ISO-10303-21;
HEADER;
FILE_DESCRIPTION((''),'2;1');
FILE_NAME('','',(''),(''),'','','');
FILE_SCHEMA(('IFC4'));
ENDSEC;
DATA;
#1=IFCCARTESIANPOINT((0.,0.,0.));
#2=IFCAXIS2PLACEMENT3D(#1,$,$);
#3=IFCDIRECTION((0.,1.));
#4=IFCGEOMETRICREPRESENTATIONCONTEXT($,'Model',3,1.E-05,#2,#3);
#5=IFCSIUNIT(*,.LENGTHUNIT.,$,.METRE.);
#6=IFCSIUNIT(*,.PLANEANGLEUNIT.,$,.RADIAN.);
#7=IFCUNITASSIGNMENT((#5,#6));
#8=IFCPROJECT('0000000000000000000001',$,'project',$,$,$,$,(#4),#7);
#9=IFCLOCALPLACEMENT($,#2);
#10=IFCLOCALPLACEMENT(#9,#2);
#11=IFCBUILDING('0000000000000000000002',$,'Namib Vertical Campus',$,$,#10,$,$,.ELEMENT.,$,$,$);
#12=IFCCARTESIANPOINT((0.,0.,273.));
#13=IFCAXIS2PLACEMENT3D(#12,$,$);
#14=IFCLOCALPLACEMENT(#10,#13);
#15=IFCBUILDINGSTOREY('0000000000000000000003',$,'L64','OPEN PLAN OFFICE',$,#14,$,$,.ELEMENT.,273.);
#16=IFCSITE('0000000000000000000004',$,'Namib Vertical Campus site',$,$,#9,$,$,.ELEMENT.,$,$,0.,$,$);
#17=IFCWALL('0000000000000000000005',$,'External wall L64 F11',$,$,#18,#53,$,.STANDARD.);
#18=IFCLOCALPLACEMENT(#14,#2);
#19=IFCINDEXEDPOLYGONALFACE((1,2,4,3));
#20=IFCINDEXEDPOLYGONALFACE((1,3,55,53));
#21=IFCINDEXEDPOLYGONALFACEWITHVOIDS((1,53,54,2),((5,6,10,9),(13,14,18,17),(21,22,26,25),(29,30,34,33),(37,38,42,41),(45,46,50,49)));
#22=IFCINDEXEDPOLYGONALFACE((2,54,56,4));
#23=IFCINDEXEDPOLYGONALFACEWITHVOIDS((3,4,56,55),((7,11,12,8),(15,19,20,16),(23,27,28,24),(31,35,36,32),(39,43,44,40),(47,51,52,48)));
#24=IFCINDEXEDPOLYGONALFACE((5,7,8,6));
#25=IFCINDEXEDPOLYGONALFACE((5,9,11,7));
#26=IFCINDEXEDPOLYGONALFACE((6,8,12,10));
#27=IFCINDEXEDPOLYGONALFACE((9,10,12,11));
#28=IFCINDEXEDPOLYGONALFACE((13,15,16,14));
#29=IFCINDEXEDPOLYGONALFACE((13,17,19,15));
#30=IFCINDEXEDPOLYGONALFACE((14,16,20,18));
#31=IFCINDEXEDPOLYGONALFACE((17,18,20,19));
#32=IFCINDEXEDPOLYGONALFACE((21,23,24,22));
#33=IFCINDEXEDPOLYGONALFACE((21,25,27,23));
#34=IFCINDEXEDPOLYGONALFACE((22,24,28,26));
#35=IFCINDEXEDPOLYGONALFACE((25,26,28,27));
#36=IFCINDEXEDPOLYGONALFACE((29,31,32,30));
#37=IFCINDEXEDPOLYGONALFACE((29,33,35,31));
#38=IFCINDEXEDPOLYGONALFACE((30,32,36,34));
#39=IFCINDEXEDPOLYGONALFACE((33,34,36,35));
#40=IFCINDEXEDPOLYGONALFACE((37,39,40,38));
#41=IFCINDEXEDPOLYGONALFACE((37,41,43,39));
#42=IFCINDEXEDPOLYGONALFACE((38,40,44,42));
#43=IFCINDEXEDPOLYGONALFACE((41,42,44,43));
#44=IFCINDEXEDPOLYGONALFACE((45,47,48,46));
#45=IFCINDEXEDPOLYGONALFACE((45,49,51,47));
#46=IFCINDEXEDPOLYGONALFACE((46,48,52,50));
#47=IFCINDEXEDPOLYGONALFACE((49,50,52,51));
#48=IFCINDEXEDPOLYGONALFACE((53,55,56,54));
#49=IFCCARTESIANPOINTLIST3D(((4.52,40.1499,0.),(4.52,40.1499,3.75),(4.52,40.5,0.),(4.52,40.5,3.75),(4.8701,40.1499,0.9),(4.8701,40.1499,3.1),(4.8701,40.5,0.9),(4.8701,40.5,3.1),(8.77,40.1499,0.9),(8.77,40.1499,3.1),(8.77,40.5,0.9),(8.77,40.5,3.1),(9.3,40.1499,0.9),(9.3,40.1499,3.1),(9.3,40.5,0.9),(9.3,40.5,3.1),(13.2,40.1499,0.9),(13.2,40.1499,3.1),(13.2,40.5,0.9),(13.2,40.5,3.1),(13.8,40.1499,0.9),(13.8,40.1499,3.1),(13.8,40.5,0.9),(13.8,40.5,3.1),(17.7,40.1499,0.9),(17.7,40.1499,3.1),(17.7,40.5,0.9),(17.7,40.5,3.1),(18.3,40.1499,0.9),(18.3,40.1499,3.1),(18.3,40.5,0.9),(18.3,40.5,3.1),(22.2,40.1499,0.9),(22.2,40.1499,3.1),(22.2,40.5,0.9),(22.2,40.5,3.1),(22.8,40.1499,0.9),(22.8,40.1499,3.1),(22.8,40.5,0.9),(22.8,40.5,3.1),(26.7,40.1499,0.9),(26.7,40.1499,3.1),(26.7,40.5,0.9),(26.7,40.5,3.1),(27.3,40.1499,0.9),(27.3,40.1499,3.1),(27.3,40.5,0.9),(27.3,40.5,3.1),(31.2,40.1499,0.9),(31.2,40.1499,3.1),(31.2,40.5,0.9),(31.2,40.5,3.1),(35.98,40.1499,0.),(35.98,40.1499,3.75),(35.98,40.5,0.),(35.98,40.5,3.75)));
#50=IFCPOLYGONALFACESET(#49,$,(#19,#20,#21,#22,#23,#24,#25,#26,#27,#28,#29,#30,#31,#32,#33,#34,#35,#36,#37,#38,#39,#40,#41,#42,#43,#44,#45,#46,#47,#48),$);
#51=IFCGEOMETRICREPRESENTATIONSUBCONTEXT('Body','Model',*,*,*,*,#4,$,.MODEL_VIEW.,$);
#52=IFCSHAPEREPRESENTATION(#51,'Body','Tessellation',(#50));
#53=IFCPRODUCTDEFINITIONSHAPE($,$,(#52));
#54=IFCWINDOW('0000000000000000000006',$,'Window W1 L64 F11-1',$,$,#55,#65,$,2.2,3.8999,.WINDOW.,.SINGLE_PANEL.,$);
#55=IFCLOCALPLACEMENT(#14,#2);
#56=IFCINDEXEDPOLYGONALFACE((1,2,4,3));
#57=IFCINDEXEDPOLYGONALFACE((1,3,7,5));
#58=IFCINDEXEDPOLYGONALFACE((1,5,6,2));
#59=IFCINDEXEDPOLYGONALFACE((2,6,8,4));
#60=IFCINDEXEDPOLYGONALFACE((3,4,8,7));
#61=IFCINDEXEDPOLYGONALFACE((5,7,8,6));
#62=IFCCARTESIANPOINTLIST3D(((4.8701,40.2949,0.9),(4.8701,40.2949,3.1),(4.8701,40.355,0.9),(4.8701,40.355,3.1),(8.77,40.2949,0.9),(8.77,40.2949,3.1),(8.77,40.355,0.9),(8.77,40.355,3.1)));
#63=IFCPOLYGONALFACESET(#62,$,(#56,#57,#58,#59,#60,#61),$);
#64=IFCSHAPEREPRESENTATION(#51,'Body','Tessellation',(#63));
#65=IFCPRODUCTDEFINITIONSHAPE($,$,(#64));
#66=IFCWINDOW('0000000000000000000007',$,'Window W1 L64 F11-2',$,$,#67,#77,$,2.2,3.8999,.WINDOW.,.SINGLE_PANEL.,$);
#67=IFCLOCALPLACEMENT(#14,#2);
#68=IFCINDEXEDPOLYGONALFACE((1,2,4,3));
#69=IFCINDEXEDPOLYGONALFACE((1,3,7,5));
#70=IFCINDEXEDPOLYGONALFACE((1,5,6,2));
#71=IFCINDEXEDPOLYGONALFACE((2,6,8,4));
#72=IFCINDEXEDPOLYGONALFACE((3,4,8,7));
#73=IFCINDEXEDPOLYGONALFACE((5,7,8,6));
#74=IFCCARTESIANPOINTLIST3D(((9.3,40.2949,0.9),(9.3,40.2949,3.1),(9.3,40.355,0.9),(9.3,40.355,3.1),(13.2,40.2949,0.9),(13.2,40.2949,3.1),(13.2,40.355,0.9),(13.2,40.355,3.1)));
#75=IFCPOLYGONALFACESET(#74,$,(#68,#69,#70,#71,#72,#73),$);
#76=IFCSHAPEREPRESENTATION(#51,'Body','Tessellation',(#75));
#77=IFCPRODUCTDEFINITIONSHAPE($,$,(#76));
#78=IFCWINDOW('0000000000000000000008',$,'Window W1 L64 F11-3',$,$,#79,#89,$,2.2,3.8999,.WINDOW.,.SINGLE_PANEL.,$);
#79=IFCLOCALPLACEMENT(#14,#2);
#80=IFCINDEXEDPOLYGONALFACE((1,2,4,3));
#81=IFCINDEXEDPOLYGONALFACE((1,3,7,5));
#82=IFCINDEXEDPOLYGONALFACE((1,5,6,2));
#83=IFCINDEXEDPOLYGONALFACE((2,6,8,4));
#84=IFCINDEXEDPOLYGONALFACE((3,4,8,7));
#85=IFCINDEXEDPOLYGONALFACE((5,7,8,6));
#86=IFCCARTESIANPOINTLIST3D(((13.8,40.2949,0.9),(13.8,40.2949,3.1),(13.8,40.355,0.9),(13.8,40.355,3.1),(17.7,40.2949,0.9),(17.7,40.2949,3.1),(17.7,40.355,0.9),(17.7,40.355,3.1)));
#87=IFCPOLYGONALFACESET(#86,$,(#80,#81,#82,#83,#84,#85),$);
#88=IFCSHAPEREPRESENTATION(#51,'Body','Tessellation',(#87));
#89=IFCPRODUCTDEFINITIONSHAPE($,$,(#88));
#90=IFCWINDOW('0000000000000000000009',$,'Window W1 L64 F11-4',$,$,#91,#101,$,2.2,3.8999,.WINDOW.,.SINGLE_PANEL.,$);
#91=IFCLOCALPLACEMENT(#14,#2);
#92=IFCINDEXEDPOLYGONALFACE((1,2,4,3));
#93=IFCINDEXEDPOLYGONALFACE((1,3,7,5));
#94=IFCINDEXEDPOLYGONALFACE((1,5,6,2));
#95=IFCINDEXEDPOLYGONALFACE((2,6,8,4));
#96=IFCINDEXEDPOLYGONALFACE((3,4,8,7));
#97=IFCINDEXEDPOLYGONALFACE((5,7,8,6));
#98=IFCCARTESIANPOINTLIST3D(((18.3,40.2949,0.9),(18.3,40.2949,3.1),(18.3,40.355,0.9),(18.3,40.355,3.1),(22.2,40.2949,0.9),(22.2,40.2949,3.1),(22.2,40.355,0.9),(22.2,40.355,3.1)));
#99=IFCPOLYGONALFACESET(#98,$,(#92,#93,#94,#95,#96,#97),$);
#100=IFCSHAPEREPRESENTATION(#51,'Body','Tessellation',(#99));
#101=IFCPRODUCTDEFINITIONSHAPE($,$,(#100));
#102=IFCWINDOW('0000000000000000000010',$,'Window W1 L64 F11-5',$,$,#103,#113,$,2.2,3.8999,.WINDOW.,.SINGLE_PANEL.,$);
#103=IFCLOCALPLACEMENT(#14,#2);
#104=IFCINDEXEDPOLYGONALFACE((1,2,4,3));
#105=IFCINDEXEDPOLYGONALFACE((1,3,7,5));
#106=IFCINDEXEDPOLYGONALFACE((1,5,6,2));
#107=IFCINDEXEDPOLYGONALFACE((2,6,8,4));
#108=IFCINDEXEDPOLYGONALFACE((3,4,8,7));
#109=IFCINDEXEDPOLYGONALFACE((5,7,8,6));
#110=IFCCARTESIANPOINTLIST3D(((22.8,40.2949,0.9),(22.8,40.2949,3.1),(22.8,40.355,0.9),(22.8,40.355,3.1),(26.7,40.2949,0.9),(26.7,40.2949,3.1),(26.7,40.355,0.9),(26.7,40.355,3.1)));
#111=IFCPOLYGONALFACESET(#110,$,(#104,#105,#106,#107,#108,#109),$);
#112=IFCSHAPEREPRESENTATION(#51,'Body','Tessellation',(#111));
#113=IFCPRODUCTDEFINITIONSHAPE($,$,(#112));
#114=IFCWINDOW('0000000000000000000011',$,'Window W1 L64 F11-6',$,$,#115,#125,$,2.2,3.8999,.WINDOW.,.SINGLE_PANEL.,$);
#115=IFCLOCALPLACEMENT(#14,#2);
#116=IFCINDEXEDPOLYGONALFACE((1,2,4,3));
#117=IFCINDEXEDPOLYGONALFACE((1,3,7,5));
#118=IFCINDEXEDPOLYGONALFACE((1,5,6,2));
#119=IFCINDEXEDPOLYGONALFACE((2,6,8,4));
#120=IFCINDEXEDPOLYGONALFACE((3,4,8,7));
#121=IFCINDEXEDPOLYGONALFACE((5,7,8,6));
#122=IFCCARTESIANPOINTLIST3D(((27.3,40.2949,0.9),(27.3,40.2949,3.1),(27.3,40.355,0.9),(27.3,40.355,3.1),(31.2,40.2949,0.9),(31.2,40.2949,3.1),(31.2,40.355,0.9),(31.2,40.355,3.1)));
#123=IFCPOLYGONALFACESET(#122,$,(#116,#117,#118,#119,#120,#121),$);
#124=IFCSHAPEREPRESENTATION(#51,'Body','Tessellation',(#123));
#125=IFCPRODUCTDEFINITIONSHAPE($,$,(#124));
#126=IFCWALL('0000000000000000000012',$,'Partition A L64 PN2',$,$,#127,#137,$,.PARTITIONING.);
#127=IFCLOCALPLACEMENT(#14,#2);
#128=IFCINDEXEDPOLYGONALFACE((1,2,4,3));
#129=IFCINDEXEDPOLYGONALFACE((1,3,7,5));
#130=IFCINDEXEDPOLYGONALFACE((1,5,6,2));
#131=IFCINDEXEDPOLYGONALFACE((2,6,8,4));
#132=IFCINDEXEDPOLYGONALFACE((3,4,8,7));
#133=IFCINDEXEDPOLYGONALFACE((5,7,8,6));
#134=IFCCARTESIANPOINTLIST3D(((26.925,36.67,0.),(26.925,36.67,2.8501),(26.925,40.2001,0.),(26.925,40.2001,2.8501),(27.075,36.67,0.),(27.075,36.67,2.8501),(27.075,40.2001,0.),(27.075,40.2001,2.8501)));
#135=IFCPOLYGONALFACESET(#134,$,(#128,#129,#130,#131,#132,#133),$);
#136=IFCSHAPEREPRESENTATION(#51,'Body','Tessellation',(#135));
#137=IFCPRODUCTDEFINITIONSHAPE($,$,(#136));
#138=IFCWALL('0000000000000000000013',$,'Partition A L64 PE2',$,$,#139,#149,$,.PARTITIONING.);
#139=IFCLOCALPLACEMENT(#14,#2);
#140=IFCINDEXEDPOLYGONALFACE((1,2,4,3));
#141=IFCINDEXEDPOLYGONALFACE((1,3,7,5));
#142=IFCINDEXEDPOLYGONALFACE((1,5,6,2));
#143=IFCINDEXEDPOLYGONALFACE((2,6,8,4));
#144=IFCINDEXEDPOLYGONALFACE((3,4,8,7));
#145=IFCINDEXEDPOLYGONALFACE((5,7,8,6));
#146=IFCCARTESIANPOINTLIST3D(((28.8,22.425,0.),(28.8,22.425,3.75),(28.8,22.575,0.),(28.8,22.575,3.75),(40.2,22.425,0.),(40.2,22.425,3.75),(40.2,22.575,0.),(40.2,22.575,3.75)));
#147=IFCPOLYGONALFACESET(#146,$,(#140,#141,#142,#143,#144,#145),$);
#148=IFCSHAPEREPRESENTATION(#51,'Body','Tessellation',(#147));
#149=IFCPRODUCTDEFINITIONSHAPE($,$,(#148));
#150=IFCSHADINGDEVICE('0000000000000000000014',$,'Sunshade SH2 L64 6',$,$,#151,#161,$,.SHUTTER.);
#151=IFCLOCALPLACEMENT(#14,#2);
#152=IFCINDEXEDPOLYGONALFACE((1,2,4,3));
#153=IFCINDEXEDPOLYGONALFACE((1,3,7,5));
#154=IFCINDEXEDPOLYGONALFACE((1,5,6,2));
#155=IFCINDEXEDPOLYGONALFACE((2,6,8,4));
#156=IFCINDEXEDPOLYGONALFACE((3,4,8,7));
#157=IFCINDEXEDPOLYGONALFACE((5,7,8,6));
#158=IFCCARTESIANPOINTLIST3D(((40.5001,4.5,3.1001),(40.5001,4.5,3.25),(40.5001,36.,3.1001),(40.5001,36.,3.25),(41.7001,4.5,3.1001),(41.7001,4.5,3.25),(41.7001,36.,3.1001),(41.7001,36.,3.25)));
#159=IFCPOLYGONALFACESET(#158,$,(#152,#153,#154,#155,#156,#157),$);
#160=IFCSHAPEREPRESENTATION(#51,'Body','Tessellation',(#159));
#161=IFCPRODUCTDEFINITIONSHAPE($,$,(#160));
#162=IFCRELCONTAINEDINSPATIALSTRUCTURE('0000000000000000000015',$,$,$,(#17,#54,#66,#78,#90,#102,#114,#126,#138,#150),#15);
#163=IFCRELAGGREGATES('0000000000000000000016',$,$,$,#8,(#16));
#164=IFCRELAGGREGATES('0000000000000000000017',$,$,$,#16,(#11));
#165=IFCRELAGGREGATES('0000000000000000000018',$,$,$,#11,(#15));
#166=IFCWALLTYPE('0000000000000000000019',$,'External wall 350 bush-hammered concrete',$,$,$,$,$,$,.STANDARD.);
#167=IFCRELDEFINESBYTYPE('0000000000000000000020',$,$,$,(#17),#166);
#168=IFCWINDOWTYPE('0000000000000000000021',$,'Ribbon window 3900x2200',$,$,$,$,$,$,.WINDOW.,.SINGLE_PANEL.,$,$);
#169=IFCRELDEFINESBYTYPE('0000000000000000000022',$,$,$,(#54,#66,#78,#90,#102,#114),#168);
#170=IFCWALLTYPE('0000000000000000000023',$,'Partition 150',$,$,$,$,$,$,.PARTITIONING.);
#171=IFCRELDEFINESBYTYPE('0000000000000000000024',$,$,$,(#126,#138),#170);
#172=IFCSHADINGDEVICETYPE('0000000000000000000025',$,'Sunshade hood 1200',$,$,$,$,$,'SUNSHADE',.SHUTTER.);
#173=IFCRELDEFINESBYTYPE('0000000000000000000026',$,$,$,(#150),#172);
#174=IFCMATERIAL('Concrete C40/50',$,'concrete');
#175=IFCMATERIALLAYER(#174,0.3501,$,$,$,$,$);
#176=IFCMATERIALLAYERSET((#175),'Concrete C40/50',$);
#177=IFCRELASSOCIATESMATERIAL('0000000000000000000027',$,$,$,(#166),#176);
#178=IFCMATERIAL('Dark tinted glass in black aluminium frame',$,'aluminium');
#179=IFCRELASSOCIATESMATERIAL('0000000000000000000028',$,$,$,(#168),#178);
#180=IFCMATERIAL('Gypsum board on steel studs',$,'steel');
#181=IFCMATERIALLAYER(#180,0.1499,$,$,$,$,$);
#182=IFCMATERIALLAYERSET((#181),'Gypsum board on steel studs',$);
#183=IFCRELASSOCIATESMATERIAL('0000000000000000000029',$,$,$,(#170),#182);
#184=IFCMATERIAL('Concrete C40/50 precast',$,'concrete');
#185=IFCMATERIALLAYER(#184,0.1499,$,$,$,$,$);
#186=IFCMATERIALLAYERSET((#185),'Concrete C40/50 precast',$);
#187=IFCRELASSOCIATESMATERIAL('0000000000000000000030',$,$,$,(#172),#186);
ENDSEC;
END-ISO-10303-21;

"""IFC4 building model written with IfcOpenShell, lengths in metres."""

from ifc_helpers import new_model, si_unit, direction, frame, frame_2d, origin, origin_2d, place, context, subcontext, project, spatial, rectangle, extrude, material, layer, layer_set, type_object, element, fill, save


model = new_model("IFC4")

# Units and contexts
model_context = context("Model", 3, precision=1e-05, world=origin(), true_north=direction((0.0, 1.0)))
body_context = subcontext(model_context, "Body", "Model", "MODEL_VIEW")
ifc_project = project(units=[si_unit("LENGTHUNIT", "METRE"), si_unit("PLANEANGLEUNIT", "RADIAN")], contexts=[model_context])

# Site, building, storey
site_placement = place(None, origin())
site = spatial("IfcSite", under=ifc_project, at=site_placement, Name="Namib Vertical Campus site", CompositionType="ELEMENT", RefElevation=0.0)
building_placement = place(site_placement, origin())
building = spatial("IfcBuilding", under=site, at=building_placement, Name="Namib Vertical Campus", CompositionType="ELEMENT")
storey_placement = place(building_placement, frame((0.0, 0.0, 273.0)))
storey = spatial("IfcBuildingStorey", under=building, at=storey_placement, Name="L64", Description="OPEN PLAN OFFICE", CompositionType="ELEMENT", Elevation=273.0)

# Shared definitions
ifc_material_1 = material(Name="Concrete C40/50", Category="concrete")
ifc_layer_1 = layer(ifc_material_1, 0.3501)
ifc_layer_set_1 = layer_set([ifc_layer_1], Name="Concrete C40/50")
wall_type_1 = type_object("IfcWallType", Name="External wall 350 bush-hammered concrete", PredefinedType="STANDARD", material=ifc_layer_set_1)

# Wall, openings, windows
wall_1_placement = place(storey_placement, frame((35.98, 40.325, 0.0), z_axis=(0.0, 0.0, 1.0), x_axis=(-1.0, 0.0, 0.0)))
wall_1 = element("IfcWall", 1, at=wall_1_placement, inside=storey, type_object=wall_type_1, Name="External wall L64 F11", PredefinedType="STANDARD", context=body_context, shape_type="SweptSolid", body=[
    extrude(rectangle(XDim=31.46, YDim=0.3501, at=frame_2d((15.73, 0.0))), origin(), (0.0, 0.0, 1.0), 3.75),
])
opening_1_placement = place(wall_1_placement, frame((27.21, 0.0, 0.8999)))
opening_1 = element("IfcOpeningElement", 2, at=opening_1_placement, cuts=wall_1, PredefinedType="OPENING", context=body_context, shape_type="SweptSolid", body=[
    extrude(rectangle(XDim=3.8999, YDim=2.2, at=frame_2d((1.95, 1.1001))), frame((0.0, 0.1851, 0.0), z_axis=(0.0, -1.0, 0.0), x_axis=(1.0, 0.0, 0.0)), (0.0, 0.0, 1.0), 0.3701),
])
opening_2_placement = place(wall_1_placement, frame((22.78, 0.0, 0.8999)))
opening_2 = element("IfcOpeningElement", 3, at=opening_2_placement, cuts=wall_1, PredefinedType="OPENING", context=body_context, shape_type="SweptSolid", body=[
    extrude(rectangle(XDim=3.8999, YDim=2.2, at=frame_2d((1.95, 1.1001))), frame((0.0, 0.1851, 0.0), z_axis=(0.0, -1.0, 0.0), x_axis=(1.0, 0.0, 0.0)), (0.0, 0.0, 1.0), 0.3701),
])
opening_3_placement = place(wall_1_placement, frame((18.28, 0.0, 0.8999)))
opening_3 = element("IfcOpeningElement", 4, at=opening_3_placement, cuts=wall_1, PredefinedType="OPENING", context=body_context, shape_type="SweptSolid", body=[
    extrude(rectangle(XDim=3.8999, YDim=2.2, at=frame_2d((1.95, 1.1001))), frame((0.0, 0.1851, 0.0), z_axis=(0.0, -1.0, 0.0), x_axis=(1.0, 0.0, 0.0)), (0.0, 0.0, 1.0), 0.3701),
])
opening_4_placement = place(wall_1_placement, frame((13.78, 0.0, 0.8999)))
opening_4 = element("IfcOpeningElement", 5, at=opening_4_placement, cuts=wall_1, PredefinedType="OPENING", context=body_context, shape_type="SweptSolid", body=[
    extrude(rectangle(XDim=3.8999, YDim=2.2, at=frame_2d((1.95, 1.1001))), frame((0.0, 0.1851, 0.0), z_axis=(0.0, -1.0, 0.0), x_axis=(1.0, 0.0, 0.0)), (0.0, 0.0, 1.0), 0.3701),
])
opening_5_placement = place(wall_1_placement, frame((9.28, 0.0, 0.8999)))
opening_5 = element("IfcOpeningElement", 6, at=opening_5_placement, cuts=wall_1, PredefinedType="OPENING", context=body_context, shape_type="SweptSolid", body=[
    extrude(rectangle(XDim=3.8999, YDim=2.2, at=frame_2d((1.95, 1.1001))), frame((0.0, 0.1851, 0.0), z_axis=(0.0, -1.0, 0.0), x_axis=(1.0, 0.0, 0.0)), (0.0, 0.0, 1.0), 0.3701),
])
opening_6_placement = place(wall_1_placement, frame((4.78, 0.0, 0.8999)))
opening_6 = element("IfcOpeningElement", 7, at=opening_6_placement, cuts=wall_1, PredefinedType="OPENING", context=body_context, shape_type="SweptSolid", body=[
    extrude(rectangle(XDim=3.8999, YDim=2.2, at=frame_2d((1.95, 1.1001))), frame((0.0, 0.1851, 0.0), z_axis=(0.0, -1.0, 0.0), x_axis=(1.0, 0.0, 0.0)), (0.0, 0.0, 1.0), 0.3701),
])
ifc_material_2 = material(Name="Dark tinted glass in black aluminium frame", Category="aluminium")
window_type = type_object("IfcWindowType", Name="Ribbon window 3900x2200", PartitioningType="SINGLE_PANEL", PredefinedType="WINDOW", material=ifc_material_2)
window_1_placement = place(opening_1_placement, origin())
window_1 = element("IfcWindow", 8, at=window_1_placement, inside=storey, type_object=window_type, Name="Window W1 L64 F11-1", OverallHeight=2.2, OverallWidth=3.8999, PartitioningType="SINGLE_PANEL", PredefinedType="WINDOW", context=body_context, shape_type="SweptSolid", body=[
    extrude(rectangle(XDim=3.8999, YDim=2.2, at=frame_2d((1.95, 1.1001))), frame((0.0, 0.03, 0.0), z_axis=(0.0, -1.0, 0.0), x_axis=(1.0, 0.0, 0.0)), (0.0, 0.0, 1.0), 0.0601),
])
fill(opening_1, window_1)
window_2_placement = place(opening_2_placement, origin())
window_2 = element("IfcWindow", 9, at=window_2_placement, inside=storey, type_object=window_type, Name="Window W1 L64 F11-2", OverallHeight=2.2, OverallWidth=3.8999, PartitioningType="SINGLE_PANEL", PredefinedType="WINDOW", context=body_context, shape_type="SweptSolid", body=[
    extrude(rectangle(XDim=3.8999, YDim=2.2, at=frame_2d((1.95, 1.1001))), frame((0.0, 0.03, 0.0), z_axis=(0.0, -1.0, 0.0), x_axis=(1.0, 0.0, 0.0)), (0.0, 0.0, 1.0), 0.0601),
])
fill(opening_2, window_2)
window_3_placement = place(opening_3_placement, origin())
window_3 = element("IfcWindow", 10, at=window_3_placement, inside=storey, type_object=window_type, Name="Window W1 L64 F11-3", OverallHeight=2.2, OverallWidth=3.8999, PartitioningType="SINGLE_PANEL", PredefinedType="WINDOW", context=body_context, shape_type="SweptSolid", body=[
    extrude(rectangle(XDim=3.8999, YDim=2.2, at=frame_2d((1.95, 1.1001))), frame((0.0, 0.03, 0.0), z_axis=(0.0, -1.0, 0.0), x_axis=(1.0, 0.0, 0.0)), (0.0, 0.0, 1.0), 0.0601),
])
fill(opening_3, window_3)
window_4_placement = place(opening_4_placement, origin())
window_4 = element("IfcWindow", 11, at=window_4_placement, inside=storey, type_object=window_type, Name="Window W1 L64 F11-4", OverallHeight=2.2, OverallWidth=3.8999, PartitioningType="SINGLE_PANEL", PredefinedType="WINDOW", context=body_context, shape_type="SweptSolid", body=[
    extrude(rectangle(XDim=3.8999, YDim=2.2, at=frame_2d((1.95, 1.1001))), frame((0.0, 0.03, 0.0), z_axis=(0.0, -1.0, 0.0), x_axis=(1.0, 0.0, 0.0)), (0.0, 0.0, 1.0), 0.0601),
])
fill(opening_4, window_4)
window_5_placement = place(opening_5_placement, origin())
window_5 = element("IfcWindow", 12, at=window_5_placement, inside=storey, type_object=window_type, Name="Window W1 L64 F11-5", OverallHeight=2.2, OverallWidth=3.8999, PartitioningType="SINGLE_PANEL", PredefinedType="WINDOW", context=body_context, shape_type="SweptSolid", body=[
    extrude(rectangle(XDim=3.8999, YDim=2.2, at=frame_2d((1.95, 1.1001))), frame((0.0, 0.03, 0.0), z_axis=(0.0, -1.0, 0.0), x_axis=(1.0, 0.0, 0.0)), (0.0, 0.0, 1.0), 0.0601),
])
fill(opening_5, window_5)
window_6_placement = place(opening_6_placement, origin())
window_6 = element("IfcWindow", 13, at=window_6_placement, inside=storey, type_object=window_type, Name="Window W1 L64 F11-6", OverallHeight=2.2, OverallWidth=3.8999, PartitioningType="SINGLE_PANEL", PredefinedType="WINDOW", context=body_context, shape_type="SweptSolid", body=[
    extrude(rectangle(XDim=3.8999, YDim=2.2, at=frame_2d((1.95, 1.1001))), frame((0.0, 0.03, 0.0), z_axis=(0.0, -1.0, 0.0), x_axis=(1.0, 0.0, 0.0)), (0.0, 0.0, 1.0), 0.0601),
])
fill(opening_6, window_6)

# Walls
ifc_material_3 = material(Name="Gypsum board on steel studs", Category="steel")
ifc_layer_2 = layer(ifc_material_3, 0.1499)
ifc_layer_set_2 = layer_set([ifc_layer_2], Name="Gypsum board on steel studs")
wall_type_2 = type_object("IfcWallType", Name="Partition 150", PredefinedType="PARTITIONING", material=ifc_layer_set_2)
wall_2_placement = place(storey_placement, frame((27.0, 36.6699, 0.0), z_axis=(0.0, 0.0, 1.0), x_axis=(0.0, 1.0, 0.0)))
element("IfcWall", 14, at=wall_2_placement, inside=storey, type_object=wall_type_2, Name="Partition A L64 PN2", PredefinedType="PARTITIONING", context=body_context, shape_type="SweptSolid", body=[
    extrude(rectangle(XDim=3.53, YDim=0.1499, at=frame_2d((1.7651, 0.0))), origin(), (0.0, 0.0, 1.0), 2.8501),
])
wall_3_placement = place(storey_placement, frame((28.8, 22.5, 0.0), z_axis=(0.0, 0.0, 1.0), x_axis=(1.0, 0.0, 0.0)))
element("IfcWall", 15, at=wall_3_placement, inside=storey, type_object=wall_type_2, Name="Partition A L64 PE2", PredefinedType="PARTITIONING", context=body_context, shape_type="SweptSolid", body=[
    extrude(rectangle(XDim=11.3999, YDim=0.1499, at=frame_2d((5.7, 0.0))), origin(), (0.0, 0.0, 1.0), 3.75),
])

# Shading device
ifc_material_4 = material(Name="Concrete C40/50 precast", Category="concrete")
ifc_layer_3 = layer(ifc_material_4, 0.1499)
ifc_layer_set_3 = layer_set([ifc_layer_3], Name="Concrete C40/50 precast")
shading_device_type = type_object("IfcShadingDeviceType", Name="Sunshade hood 1200", ElementType="SUNSHADE", PredefinedType="SHUTTER", material=ifc_layer_set_3)
shading_device_placement = place(storey_placement, frame((41.1001, 20.25, 3.1001), z_axis=(0.0, 0.0, 1.0), x_axis=(0.0, 1.0, 0.0)))
element("IfcShadingDevice", 16, at=shading_device_placement, inside=storey, type_object=shading_device_type, Name="Sunshade SH2 L64 6", PredefinedType="SHUTTER", context=body_context, shape_type="SweptSolid", body=[
    extrude(rectangle(XDim=31.5, YDim=1.2, at=origin_2d()), origin(), (0.0, 0.0, 1.0), 0.1499),
])

save(model, "model.ifc")
